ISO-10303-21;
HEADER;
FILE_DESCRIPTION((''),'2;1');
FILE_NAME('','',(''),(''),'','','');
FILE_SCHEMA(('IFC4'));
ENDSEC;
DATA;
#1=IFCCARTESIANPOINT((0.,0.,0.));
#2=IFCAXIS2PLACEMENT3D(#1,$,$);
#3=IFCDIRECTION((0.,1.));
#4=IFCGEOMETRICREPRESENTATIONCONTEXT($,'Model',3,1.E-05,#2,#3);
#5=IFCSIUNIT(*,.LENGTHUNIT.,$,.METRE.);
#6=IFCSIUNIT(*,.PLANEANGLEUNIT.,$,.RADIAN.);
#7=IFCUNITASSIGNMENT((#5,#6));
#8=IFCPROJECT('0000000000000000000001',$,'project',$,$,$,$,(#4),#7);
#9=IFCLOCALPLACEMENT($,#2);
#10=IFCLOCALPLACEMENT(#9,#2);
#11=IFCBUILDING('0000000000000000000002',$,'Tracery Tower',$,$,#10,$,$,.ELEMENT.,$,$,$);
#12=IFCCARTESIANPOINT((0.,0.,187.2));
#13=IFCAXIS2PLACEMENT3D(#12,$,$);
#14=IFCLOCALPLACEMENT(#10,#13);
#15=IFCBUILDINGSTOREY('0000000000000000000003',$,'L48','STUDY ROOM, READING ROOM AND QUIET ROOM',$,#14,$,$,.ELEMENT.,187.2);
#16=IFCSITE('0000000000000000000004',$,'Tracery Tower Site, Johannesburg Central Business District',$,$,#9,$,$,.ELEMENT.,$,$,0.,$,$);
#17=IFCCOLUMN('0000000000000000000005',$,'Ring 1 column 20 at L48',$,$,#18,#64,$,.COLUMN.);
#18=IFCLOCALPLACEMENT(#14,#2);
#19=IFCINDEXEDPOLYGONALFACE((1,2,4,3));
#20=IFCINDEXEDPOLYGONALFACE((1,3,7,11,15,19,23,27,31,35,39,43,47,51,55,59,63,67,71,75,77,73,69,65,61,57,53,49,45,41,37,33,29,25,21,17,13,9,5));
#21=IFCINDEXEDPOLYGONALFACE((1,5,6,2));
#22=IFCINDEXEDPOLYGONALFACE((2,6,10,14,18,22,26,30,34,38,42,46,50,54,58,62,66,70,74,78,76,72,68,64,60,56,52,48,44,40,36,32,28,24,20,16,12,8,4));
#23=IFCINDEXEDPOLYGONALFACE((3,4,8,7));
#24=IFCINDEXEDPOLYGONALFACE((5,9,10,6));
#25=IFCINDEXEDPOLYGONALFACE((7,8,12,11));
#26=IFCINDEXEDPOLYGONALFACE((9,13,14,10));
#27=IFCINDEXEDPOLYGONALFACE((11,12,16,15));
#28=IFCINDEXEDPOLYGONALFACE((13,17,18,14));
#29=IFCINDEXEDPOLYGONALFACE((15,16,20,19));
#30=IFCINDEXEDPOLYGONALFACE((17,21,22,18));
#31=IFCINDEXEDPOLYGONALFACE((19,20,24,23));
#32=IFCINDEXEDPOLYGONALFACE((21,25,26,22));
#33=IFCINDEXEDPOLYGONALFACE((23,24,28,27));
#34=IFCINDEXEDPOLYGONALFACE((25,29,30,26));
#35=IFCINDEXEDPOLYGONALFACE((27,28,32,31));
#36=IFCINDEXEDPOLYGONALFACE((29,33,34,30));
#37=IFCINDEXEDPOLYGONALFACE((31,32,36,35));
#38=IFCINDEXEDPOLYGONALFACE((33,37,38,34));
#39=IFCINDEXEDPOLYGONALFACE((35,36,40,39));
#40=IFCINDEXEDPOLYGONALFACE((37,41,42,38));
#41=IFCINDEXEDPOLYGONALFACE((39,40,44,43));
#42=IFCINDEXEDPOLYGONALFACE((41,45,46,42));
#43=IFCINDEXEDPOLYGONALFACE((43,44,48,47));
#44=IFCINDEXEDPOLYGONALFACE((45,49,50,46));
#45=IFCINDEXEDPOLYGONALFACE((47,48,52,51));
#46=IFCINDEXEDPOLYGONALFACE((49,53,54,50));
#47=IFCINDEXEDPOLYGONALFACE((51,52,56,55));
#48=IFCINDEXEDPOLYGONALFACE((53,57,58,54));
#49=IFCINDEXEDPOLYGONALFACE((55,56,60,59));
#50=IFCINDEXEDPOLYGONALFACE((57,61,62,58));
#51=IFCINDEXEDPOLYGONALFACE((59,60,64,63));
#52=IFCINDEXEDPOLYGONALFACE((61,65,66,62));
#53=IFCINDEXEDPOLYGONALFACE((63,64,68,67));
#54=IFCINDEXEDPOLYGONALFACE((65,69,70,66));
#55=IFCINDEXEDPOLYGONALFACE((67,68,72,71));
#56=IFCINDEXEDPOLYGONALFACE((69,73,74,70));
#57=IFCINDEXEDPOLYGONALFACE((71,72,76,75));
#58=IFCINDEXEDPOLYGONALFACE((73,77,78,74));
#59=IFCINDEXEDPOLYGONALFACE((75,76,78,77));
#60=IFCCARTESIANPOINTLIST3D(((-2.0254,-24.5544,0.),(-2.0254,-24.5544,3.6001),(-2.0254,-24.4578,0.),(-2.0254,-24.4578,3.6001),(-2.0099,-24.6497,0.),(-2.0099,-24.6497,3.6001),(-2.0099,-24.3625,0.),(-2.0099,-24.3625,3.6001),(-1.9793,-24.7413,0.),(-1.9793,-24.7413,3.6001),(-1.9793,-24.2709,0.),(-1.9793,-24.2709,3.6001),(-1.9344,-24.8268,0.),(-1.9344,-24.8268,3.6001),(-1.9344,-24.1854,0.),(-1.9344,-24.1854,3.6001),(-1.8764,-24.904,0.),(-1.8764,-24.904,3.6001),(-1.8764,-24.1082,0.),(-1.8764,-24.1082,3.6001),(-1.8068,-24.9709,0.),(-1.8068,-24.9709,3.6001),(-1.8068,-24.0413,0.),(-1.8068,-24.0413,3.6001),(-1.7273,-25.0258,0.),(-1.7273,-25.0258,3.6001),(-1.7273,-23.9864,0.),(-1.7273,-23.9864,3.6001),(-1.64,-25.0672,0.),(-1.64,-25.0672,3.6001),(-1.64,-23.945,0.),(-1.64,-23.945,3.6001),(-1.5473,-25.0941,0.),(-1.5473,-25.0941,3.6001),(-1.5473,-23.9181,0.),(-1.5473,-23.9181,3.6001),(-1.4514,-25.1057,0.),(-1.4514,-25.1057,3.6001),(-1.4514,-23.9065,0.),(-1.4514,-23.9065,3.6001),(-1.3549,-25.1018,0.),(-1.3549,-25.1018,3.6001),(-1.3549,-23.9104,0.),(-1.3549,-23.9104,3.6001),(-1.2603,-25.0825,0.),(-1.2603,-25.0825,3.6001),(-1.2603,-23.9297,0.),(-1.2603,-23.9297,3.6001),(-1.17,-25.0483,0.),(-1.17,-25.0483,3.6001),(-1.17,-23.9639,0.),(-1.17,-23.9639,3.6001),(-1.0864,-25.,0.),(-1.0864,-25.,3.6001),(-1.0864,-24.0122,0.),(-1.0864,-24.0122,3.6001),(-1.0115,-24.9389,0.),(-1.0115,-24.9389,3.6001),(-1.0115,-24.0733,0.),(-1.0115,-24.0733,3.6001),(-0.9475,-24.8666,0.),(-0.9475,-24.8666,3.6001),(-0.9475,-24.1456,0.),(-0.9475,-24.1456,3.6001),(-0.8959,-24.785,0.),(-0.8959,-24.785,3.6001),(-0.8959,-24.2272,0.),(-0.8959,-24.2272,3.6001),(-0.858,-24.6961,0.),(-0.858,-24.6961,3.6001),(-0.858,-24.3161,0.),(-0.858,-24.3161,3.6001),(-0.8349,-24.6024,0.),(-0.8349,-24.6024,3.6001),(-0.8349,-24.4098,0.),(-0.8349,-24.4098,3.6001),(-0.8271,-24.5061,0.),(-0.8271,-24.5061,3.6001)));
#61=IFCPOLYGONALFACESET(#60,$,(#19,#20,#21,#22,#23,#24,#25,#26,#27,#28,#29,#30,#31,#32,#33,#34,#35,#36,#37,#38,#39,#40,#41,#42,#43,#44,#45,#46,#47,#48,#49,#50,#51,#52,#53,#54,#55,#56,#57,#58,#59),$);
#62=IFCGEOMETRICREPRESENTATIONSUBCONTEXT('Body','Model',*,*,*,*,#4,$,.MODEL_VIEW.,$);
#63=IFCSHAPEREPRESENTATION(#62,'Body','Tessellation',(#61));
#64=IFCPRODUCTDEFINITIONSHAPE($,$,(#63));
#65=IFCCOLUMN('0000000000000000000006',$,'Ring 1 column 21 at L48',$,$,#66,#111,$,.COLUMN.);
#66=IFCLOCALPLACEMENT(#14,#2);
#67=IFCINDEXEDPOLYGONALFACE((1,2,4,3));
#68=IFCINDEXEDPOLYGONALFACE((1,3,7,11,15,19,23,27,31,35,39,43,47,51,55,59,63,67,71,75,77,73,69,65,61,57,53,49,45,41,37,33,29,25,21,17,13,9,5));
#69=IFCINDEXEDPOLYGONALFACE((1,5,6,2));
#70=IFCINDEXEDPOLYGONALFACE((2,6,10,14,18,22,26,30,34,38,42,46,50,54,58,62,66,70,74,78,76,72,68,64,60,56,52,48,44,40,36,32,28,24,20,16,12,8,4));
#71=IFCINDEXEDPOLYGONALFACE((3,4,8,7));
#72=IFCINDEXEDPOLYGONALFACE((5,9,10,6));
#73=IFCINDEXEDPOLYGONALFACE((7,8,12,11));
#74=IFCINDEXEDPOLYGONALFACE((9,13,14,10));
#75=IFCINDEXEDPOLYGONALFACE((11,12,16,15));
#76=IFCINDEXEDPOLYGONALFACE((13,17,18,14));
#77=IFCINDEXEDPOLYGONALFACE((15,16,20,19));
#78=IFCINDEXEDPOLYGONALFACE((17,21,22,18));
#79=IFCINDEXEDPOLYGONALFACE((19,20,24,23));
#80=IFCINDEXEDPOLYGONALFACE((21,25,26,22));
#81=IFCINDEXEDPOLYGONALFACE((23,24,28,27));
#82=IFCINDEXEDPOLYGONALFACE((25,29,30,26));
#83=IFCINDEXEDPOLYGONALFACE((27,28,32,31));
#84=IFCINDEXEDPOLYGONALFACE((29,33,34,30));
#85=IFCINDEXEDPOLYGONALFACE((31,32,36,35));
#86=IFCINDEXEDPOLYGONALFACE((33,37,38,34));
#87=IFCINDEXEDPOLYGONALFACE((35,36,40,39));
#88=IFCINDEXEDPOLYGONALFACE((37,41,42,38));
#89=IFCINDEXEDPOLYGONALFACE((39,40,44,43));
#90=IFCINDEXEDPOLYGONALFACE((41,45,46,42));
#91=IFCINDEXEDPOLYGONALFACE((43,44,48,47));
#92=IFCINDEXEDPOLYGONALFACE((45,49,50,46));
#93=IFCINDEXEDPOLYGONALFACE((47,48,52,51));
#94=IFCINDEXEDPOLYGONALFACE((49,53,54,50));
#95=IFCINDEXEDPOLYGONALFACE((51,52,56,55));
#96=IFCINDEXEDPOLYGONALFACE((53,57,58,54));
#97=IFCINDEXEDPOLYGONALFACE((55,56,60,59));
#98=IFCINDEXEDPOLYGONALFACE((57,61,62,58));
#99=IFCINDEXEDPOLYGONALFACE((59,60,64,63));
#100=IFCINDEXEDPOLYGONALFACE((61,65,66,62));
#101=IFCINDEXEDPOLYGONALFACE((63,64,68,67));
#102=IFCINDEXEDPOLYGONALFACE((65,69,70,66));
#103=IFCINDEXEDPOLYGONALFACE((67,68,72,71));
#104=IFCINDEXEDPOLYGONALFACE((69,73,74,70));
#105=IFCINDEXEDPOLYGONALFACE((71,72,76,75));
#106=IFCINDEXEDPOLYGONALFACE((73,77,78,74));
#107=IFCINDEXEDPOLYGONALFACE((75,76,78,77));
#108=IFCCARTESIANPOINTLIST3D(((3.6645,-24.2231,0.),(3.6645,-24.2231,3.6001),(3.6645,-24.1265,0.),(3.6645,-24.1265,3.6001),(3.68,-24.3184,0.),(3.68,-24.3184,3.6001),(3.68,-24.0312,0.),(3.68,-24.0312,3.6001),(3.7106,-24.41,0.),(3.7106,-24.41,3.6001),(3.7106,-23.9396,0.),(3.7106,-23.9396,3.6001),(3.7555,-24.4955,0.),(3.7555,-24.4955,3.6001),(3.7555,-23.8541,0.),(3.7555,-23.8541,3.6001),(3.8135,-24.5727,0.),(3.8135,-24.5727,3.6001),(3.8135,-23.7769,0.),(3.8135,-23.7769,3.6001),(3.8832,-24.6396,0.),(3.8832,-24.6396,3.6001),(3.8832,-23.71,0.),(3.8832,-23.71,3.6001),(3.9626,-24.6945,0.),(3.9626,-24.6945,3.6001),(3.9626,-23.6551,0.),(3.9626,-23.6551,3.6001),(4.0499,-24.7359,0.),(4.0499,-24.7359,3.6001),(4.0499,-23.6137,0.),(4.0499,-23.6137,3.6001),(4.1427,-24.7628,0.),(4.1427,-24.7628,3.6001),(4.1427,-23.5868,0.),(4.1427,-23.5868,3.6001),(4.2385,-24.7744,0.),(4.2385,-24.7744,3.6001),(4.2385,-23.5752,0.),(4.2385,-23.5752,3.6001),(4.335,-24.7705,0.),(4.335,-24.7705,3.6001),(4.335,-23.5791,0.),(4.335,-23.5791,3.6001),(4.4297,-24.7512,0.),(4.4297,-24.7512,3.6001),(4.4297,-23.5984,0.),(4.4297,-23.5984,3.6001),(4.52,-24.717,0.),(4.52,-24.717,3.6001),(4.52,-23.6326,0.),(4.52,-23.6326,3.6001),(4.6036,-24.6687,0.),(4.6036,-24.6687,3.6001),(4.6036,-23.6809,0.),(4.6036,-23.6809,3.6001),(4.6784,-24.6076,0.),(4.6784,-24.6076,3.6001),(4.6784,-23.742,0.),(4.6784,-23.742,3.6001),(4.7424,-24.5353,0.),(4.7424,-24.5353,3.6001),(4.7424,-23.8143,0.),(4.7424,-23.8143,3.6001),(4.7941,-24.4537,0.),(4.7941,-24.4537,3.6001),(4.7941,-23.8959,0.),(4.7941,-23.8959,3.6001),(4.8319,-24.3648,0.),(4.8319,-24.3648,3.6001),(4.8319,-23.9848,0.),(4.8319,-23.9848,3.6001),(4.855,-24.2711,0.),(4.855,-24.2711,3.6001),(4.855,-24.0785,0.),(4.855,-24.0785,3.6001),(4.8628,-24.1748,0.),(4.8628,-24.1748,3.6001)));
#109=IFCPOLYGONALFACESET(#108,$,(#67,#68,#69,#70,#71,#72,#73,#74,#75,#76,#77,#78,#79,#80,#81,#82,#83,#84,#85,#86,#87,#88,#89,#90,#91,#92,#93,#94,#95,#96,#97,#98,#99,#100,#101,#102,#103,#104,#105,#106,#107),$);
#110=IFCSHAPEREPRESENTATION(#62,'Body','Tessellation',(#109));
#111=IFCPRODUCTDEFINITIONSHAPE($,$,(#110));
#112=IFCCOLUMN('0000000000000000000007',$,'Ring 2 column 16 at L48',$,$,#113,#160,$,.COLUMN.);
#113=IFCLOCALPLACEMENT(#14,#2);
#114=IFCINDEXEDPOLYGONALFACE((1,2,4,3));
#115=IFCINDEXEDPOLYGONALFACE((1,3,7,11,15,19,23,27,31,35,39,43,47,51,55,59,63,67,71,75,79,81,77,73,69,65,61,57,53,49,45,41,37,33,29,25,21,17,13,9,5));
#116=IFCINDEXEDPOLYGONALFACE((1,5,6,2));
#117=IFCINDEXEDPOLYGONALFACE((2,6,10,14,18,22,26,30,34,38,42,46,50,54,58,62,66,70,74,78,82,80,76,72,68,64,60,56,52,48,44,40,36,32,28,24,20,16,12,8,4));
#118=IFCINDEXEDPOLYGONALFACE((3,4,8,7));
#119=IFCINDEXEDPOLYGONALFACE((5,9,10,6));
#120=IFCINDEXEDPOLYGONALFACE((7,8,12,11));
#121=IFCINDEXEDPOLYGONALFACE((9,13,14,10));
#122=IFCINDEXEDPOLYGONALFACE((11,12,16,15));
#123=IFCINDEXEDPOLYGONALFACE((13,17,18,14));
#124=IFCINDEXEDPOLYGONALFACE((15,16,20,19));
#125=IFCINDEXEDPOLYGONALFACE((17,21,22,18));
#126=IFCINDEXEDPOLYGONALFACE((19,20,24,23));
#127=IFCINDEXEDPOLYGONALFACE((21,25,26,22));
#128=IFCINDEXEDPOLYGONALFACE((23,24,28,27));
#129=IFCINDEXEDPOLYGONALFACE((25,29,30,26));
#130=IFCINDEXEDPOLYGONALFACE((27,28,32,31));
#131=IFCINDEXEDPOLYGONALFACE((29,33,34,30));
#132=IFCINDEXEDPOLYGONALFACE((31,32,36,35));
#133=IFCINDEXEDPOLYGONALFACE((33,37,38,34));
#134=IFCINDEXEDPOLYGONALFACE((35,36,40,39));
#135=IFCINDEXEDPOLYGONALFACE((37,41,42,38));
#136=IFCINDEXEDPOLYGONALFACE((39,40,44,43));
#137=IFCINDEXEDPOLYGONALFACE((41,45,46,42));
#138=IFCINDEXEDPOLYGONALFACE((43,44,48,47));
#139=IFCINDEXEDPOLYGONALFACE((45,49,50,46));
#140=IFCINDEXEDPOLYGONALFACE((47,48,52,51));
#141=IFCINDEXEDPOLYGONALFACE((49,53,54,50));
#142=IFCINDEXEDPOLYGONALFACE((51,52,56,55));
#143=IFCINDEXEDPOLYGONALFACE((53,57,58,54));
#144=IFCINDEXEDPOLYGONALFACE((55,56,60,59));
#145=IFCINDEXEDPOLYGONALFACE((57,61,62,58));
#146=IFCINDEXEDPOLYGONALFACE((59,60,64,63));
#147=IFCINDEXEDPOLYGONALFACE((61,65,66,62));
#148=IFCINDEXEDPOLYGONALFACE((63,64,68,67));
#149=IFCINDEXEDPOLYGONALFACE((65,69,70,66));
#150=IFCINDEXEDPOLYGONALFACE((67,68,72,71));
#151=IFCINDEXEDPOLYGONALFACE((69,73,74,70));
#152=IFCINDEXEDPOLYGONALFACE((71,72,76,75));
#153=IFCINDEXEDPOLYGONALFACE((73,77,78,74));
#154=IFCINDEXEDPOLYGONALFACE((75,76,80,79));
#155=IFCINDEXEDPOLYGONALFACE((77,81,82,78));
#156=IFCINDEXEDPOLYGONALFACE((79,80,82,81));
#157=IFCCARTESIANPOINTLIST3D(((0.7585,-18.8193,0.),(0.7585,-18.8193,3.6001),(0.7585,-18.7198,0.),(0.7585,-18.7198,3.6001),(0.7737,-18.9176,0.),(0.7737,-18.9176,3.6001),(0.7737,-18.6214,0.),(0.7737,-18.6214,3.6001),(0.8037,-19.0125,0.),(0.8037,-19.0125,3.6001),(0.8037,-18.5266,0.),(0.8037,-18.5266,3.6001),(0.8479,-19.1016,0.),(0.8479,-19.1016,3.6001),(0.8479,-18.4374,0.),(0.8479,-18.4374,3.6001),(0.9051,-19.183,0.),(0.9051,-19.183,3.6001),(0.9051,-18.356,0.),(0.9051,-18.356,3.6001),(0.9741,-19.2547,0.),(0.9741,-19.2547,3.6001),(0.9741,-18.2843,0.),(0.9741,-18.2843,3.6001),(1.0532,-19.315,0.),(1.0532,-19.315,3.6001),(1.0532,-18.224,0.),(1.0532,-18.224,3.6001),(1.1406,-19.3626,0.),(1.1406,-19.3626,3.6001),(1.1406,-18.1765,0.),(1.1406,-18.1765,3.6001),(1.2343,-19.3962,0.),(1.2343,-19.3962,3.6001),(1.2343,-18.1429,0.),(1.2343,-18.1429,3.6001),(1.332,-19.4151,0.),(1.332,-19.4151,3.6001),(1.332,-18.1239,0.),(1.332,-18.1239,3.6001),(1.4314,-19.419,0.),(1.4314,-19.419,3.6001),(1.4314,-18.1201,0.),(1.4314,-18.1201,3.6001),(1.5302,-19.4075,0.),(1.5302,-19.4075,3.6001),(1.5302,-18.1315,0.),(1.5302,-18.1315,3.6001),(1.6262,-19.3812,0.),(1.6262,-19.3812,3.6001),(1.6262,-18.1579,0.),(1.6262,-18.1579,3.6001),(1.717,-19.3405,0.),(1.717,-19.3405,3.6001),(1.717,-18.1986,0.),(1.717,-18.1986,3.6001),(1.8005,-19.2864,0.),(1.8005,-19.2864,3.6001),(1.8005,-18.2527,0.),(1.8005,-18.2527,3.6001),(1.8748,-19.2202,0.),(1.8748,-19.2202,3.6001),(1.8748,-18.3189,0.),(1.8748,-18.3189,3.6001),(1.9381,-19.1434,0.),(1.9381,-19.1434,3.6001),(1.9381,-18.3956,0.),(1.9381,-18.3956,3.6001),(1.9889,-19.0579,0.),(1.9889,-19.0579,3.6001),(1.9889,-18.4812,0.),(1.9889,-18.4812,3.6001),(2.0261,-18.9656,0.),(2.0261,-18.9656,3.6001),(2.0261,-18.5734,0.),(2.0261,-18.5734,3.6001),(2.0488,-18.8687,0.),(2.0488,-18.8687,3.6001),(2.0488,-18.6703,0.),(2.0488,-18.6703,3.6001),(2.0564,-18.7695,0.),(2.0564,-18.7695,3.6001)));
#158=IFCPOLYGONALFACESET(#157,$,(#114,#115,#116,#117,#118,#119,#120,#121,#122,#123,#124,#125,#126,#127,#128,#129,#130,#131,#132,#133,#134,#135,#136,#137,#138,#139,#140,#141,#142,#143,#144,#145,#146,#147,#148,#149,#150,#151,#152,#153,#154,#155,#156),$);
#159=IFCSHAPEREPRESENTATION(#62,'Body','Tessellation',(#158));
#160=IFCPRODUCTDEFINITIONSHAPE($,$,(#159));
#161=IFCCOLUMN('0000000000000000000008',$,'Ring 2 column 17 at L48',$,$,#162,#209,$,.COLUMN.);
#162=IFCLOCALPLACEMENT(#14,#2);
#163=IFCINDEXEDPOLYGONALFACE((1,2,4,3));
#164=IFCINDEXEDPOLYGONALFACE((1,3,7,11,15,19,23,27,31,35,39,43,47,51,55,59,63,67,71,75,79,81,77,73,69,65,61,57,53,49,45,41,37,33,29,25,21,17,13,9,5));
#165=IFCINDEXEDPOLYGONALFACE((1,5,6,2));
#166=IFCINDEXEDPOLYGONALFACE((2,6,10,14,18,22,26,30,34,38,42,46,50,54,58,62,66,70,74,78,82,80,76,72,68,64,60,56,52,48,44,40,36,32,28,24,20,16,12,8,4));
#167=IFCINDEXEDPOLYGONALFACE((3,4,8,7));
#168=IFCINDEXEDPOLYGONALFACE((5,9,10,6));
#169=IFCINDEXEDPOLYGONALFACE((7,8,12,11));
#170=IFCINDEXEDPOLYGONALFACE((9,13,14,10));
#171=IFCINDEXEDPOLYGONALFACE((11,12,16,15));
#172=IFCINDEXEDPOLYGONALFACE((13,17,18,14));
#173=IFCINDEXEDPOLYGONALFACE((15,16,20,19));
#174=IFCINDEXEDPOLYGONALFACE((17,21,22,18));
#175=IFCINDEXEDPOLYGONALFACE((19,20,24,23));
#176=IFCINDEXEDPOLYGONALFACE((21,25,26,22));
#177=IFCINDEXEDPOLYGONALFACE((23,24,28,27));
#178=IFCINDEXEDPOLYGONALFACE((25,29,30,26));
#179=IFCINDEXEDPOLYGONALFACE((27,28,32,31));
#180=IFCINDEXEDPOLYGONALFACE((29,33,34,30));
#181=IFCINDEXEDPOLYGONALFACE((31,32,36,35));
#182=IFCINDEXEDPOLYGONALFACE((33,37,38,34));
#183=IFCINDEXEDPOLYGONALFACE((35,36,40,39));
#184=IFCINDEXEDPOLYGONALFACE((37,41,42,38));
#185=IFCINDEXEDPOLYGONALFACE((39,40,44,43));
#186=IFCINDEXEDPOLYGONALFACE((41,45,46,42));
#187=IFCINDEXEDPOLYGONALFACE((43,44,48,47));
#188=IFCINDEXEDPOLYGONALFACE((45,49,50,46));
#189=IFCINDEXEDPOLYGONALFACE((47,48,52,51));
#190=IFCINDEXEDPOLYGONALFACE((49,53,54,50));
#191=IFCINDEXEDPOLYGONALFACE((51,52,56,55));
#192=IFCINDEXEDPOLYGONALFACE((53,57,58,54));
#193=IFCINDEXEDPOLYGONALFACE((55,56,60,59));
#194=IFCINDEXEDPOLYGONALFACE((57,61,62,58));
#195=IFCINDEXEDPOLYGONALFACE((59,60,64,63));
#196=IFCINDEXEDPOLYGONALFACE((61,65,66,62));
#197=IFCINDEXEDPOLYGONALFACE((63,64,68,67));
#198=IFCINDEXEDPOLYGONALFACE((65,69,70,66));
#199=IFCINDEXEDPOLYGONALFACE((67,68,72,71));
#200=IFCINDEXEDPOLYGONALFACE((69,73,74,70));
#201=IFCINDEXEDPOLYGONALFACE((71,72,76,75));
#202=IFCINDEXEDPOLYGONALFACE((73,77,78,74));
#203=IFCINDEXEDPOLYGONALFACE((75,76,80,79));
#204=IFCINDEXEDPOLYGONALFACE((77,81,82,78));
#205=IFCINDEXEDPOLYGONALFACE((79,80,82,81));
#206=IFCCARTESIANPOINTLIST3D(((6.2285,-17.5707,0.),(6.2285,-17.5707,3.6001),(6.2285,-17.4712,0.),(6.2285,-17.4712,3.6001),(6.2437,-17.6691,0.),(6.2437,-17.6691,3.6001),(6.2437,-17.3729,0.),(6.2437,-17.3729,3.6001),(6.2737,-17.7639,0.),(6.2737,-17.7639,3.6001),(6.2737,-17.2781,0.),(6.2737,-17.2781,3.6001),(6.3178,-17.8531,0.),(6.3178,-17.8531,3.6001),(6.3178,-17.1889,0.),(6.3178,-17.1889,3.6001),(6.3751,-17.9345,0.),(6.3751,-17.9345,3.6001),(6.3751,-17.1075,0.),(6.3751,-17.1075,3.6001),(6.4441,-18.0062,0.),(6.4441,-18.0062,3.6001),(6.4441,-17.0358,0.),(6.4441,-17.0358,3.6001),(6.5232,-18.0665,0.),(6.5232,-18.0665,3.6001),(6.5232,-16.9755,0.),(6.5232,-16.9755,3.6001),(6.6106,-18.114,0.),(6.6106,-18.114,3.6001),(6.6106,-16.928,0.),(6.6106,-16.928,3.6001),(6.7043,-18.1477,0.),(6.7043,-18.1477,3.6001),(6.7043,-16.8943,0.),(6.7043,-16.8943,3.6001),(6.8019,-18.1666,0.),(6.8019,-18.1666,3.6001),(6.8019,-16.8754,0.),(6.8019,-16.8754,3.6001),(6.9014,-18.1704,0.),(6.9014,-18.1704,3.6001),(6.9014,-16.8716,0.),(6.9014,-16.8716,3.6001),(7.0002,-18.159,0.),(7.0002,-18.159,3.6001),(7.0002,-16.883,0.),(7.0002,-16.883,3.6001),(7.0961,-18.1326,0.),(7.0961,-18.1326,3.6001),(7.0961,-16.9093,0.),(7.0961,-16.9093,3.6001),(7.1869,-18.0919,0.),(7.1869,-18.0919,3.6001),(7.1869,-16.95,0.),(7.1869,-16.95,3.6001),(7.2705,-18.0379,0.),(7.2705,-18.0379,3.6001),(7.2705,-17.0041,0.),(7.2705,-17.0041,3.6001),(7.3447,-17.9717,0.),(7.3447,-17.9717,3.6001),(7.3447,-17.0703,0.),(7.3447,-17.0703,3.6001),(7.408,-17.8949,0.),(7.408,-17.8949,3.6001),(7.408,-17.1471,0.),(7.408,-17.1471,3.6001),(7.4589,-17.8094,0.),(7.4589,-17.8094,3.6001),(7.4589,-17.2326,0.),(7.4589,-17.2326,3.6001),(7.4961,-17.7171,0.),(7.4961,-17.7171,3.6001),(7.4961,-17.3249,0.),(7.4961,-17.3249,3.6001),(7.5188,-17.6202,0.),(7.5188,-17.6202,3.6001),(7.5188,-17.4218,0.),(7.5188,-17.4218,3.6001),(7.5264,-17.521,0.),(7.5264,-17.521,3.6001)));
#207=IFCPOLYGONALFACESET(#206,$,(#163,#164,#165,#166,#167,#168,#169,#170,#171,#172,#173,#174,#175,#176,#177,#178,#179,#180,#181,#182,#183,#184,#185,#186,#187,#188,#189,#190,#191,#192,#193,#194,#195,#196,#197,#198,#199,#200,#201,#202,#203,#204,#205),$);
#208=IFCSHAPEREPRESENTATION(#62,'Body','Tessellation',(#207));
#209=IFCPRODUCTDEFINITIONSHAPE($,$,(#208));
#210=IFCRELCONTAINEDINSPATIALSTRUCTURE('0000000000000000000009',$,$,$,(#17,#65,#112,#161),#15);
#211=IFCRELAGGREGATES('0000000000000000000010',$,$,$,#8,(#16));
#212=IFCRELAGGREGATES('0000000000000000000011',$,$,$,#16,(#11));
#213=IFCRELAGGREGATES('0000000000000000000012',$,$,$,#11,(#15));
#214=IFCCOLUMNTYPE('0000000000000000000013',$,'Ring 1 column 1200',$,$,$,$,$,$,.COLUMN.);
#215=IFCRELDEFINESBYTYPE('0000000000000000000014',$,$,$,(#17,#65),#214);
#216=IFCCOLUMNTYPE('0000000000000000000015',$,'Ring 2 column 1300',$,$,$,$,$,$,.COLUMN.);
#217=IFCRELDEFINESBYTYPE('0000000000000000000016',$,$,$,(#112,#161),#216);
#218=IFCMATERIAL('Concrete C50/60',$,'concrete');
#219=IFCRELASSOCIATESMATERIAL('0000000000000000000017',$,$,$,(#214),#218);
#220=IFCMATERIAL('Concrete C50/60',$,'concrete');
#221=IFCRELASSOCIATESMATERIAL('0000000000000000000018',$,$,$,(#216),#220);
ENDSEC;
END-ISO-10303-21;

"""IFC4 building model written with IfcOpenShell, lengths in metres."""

from ifc_helpers import new_model, si_unit, direction, frame, origin, origin_2d, place, context, subcontext, project, spatial, circle, extrude, material, material_profile, profile_set, type_object, element, save


model = new_model("IFC4")

# Units and contexts
model_context = context("Model", 3, precision=1e-05, world=origin(), true_north=direction((0.0, 1.0)))
body_context = subcontext(model_context, "Body", "Model", "MODEL_VIEW")
ifc_project = project(units=[si_unit("LENGTHUNIT", "METRE"), si_unit("PLANEANGLEUNIT", "RADIAN")], contexts=[model_context])

# Site, building, storey
site_placement = place(None, origin())
site = spatial("IfcSite", under=ifc_project, at=site_placement, Name="Tracery Tower Site, Johannesburg Central Business District", CompositionType="ELEMENT", RefElevation=0.0)
building_placement = place(site_placement, origin())
building = spatial("IfcBuilding", under=site, at=building_placement, Name="Tracery Tower", CompositionType="ELEMENT")
storey_placement = place(building_placement, frame((0.0, 0.0, 187.2)))
storey = spatial("IfcBuildingStorey", under=building, at=storey_placement, Name="L48", Description="STUDY ROOM, READING ROOM AND QUIET ROOM", CompositionType="ELEMENT", Elevation=187.2)

# Columns
ifc_material_1 = material(Name="Concrete C50/60", Category="concrete")
ifc_material_profile_1 = material_profile(ifc_material_1, circle(Radius=0.6001, at=origin_2d()), Name="RC D1200")
ifc_profile_set_1 = profile_set([ifc_material_profile_1], Name="Concrete C50/60")
column_type_1 = type_object("IfcColumnType", Name="Ring 1 column 1200", PredefinedType="COLUMN", material=ifc_profile_set_1)
for number, where, z_axis, x_axis, name in (
    (1, (-1.4272, -24.5061, 0.0), (0.0, 0.0, 1.0), (1.0, 0.0, 0.0), "Ring 1 column 20 at L48"),
    (2, (4.2627, -24.1748, 0.0), (0.0, 0.0, 1.0), (1.0, 0.0, 0.0), "Ring 1 column 21 at L48"),
):
    element("IfcColumn", number, at=place(storey_placement, frame(where, z_axis=z_axis, x_axis=x_axis)), inside=storey, type_object=column_type_1, Name=name, PredefinedType="COLUMN", context=body_context, shape_type="SweptSolid", body=[
        extrude(circle(Radius=0.6001, at=origin_2d()), origin(), (0.0, 0.0, 1.0), 3.6001),
    ])
ifc_material_2 = material(Name="Concrete C50/60", Category="concrete")
ifc_material_profile_2 = material_profile(ifc_material_2, circle(Radius=0.6499, at=origin_2d()), Name="RC D1300")
ifc_profile_set_2 = profile_set([ifc_material_profile_2], Name="Concrete C50/60")
column_type_2 = type_object("IfcColumnType", Name="Ring 2 column 1300", PredefinedType="COLUMN", material=ifc_profile_set_2)
for number, where, z_axis, x_axis, name in (
    (3, (1.4065, -18.7695, 0.0), (0.0, 0.0, 1.0), (1.0, 0.0, 0.0), "Ring 2 column 16 at L48"),
    (4, (6.8765, -17.521, 0.0), (0.0, 0.0, 1.0), (1.0, 0.0, 0.0), "Ring 2 column 17 at L48"),
):
    element("IfcColumn", number, at=place(storey_placement, frame(where, z_axis=z_axis, x_axis=x_axis)), inside=storey, type_object=column_type_2, Name=name, PredefinedType="COLUMN", context=body_context, shape_type="SweptSolid", body=[
        extrude(circle(Radius=0.6499, at=origin_2d()), origin(), (0.0, 0.0, 1.0), 3.6001),
    ])

save(model, "model.ifc")
